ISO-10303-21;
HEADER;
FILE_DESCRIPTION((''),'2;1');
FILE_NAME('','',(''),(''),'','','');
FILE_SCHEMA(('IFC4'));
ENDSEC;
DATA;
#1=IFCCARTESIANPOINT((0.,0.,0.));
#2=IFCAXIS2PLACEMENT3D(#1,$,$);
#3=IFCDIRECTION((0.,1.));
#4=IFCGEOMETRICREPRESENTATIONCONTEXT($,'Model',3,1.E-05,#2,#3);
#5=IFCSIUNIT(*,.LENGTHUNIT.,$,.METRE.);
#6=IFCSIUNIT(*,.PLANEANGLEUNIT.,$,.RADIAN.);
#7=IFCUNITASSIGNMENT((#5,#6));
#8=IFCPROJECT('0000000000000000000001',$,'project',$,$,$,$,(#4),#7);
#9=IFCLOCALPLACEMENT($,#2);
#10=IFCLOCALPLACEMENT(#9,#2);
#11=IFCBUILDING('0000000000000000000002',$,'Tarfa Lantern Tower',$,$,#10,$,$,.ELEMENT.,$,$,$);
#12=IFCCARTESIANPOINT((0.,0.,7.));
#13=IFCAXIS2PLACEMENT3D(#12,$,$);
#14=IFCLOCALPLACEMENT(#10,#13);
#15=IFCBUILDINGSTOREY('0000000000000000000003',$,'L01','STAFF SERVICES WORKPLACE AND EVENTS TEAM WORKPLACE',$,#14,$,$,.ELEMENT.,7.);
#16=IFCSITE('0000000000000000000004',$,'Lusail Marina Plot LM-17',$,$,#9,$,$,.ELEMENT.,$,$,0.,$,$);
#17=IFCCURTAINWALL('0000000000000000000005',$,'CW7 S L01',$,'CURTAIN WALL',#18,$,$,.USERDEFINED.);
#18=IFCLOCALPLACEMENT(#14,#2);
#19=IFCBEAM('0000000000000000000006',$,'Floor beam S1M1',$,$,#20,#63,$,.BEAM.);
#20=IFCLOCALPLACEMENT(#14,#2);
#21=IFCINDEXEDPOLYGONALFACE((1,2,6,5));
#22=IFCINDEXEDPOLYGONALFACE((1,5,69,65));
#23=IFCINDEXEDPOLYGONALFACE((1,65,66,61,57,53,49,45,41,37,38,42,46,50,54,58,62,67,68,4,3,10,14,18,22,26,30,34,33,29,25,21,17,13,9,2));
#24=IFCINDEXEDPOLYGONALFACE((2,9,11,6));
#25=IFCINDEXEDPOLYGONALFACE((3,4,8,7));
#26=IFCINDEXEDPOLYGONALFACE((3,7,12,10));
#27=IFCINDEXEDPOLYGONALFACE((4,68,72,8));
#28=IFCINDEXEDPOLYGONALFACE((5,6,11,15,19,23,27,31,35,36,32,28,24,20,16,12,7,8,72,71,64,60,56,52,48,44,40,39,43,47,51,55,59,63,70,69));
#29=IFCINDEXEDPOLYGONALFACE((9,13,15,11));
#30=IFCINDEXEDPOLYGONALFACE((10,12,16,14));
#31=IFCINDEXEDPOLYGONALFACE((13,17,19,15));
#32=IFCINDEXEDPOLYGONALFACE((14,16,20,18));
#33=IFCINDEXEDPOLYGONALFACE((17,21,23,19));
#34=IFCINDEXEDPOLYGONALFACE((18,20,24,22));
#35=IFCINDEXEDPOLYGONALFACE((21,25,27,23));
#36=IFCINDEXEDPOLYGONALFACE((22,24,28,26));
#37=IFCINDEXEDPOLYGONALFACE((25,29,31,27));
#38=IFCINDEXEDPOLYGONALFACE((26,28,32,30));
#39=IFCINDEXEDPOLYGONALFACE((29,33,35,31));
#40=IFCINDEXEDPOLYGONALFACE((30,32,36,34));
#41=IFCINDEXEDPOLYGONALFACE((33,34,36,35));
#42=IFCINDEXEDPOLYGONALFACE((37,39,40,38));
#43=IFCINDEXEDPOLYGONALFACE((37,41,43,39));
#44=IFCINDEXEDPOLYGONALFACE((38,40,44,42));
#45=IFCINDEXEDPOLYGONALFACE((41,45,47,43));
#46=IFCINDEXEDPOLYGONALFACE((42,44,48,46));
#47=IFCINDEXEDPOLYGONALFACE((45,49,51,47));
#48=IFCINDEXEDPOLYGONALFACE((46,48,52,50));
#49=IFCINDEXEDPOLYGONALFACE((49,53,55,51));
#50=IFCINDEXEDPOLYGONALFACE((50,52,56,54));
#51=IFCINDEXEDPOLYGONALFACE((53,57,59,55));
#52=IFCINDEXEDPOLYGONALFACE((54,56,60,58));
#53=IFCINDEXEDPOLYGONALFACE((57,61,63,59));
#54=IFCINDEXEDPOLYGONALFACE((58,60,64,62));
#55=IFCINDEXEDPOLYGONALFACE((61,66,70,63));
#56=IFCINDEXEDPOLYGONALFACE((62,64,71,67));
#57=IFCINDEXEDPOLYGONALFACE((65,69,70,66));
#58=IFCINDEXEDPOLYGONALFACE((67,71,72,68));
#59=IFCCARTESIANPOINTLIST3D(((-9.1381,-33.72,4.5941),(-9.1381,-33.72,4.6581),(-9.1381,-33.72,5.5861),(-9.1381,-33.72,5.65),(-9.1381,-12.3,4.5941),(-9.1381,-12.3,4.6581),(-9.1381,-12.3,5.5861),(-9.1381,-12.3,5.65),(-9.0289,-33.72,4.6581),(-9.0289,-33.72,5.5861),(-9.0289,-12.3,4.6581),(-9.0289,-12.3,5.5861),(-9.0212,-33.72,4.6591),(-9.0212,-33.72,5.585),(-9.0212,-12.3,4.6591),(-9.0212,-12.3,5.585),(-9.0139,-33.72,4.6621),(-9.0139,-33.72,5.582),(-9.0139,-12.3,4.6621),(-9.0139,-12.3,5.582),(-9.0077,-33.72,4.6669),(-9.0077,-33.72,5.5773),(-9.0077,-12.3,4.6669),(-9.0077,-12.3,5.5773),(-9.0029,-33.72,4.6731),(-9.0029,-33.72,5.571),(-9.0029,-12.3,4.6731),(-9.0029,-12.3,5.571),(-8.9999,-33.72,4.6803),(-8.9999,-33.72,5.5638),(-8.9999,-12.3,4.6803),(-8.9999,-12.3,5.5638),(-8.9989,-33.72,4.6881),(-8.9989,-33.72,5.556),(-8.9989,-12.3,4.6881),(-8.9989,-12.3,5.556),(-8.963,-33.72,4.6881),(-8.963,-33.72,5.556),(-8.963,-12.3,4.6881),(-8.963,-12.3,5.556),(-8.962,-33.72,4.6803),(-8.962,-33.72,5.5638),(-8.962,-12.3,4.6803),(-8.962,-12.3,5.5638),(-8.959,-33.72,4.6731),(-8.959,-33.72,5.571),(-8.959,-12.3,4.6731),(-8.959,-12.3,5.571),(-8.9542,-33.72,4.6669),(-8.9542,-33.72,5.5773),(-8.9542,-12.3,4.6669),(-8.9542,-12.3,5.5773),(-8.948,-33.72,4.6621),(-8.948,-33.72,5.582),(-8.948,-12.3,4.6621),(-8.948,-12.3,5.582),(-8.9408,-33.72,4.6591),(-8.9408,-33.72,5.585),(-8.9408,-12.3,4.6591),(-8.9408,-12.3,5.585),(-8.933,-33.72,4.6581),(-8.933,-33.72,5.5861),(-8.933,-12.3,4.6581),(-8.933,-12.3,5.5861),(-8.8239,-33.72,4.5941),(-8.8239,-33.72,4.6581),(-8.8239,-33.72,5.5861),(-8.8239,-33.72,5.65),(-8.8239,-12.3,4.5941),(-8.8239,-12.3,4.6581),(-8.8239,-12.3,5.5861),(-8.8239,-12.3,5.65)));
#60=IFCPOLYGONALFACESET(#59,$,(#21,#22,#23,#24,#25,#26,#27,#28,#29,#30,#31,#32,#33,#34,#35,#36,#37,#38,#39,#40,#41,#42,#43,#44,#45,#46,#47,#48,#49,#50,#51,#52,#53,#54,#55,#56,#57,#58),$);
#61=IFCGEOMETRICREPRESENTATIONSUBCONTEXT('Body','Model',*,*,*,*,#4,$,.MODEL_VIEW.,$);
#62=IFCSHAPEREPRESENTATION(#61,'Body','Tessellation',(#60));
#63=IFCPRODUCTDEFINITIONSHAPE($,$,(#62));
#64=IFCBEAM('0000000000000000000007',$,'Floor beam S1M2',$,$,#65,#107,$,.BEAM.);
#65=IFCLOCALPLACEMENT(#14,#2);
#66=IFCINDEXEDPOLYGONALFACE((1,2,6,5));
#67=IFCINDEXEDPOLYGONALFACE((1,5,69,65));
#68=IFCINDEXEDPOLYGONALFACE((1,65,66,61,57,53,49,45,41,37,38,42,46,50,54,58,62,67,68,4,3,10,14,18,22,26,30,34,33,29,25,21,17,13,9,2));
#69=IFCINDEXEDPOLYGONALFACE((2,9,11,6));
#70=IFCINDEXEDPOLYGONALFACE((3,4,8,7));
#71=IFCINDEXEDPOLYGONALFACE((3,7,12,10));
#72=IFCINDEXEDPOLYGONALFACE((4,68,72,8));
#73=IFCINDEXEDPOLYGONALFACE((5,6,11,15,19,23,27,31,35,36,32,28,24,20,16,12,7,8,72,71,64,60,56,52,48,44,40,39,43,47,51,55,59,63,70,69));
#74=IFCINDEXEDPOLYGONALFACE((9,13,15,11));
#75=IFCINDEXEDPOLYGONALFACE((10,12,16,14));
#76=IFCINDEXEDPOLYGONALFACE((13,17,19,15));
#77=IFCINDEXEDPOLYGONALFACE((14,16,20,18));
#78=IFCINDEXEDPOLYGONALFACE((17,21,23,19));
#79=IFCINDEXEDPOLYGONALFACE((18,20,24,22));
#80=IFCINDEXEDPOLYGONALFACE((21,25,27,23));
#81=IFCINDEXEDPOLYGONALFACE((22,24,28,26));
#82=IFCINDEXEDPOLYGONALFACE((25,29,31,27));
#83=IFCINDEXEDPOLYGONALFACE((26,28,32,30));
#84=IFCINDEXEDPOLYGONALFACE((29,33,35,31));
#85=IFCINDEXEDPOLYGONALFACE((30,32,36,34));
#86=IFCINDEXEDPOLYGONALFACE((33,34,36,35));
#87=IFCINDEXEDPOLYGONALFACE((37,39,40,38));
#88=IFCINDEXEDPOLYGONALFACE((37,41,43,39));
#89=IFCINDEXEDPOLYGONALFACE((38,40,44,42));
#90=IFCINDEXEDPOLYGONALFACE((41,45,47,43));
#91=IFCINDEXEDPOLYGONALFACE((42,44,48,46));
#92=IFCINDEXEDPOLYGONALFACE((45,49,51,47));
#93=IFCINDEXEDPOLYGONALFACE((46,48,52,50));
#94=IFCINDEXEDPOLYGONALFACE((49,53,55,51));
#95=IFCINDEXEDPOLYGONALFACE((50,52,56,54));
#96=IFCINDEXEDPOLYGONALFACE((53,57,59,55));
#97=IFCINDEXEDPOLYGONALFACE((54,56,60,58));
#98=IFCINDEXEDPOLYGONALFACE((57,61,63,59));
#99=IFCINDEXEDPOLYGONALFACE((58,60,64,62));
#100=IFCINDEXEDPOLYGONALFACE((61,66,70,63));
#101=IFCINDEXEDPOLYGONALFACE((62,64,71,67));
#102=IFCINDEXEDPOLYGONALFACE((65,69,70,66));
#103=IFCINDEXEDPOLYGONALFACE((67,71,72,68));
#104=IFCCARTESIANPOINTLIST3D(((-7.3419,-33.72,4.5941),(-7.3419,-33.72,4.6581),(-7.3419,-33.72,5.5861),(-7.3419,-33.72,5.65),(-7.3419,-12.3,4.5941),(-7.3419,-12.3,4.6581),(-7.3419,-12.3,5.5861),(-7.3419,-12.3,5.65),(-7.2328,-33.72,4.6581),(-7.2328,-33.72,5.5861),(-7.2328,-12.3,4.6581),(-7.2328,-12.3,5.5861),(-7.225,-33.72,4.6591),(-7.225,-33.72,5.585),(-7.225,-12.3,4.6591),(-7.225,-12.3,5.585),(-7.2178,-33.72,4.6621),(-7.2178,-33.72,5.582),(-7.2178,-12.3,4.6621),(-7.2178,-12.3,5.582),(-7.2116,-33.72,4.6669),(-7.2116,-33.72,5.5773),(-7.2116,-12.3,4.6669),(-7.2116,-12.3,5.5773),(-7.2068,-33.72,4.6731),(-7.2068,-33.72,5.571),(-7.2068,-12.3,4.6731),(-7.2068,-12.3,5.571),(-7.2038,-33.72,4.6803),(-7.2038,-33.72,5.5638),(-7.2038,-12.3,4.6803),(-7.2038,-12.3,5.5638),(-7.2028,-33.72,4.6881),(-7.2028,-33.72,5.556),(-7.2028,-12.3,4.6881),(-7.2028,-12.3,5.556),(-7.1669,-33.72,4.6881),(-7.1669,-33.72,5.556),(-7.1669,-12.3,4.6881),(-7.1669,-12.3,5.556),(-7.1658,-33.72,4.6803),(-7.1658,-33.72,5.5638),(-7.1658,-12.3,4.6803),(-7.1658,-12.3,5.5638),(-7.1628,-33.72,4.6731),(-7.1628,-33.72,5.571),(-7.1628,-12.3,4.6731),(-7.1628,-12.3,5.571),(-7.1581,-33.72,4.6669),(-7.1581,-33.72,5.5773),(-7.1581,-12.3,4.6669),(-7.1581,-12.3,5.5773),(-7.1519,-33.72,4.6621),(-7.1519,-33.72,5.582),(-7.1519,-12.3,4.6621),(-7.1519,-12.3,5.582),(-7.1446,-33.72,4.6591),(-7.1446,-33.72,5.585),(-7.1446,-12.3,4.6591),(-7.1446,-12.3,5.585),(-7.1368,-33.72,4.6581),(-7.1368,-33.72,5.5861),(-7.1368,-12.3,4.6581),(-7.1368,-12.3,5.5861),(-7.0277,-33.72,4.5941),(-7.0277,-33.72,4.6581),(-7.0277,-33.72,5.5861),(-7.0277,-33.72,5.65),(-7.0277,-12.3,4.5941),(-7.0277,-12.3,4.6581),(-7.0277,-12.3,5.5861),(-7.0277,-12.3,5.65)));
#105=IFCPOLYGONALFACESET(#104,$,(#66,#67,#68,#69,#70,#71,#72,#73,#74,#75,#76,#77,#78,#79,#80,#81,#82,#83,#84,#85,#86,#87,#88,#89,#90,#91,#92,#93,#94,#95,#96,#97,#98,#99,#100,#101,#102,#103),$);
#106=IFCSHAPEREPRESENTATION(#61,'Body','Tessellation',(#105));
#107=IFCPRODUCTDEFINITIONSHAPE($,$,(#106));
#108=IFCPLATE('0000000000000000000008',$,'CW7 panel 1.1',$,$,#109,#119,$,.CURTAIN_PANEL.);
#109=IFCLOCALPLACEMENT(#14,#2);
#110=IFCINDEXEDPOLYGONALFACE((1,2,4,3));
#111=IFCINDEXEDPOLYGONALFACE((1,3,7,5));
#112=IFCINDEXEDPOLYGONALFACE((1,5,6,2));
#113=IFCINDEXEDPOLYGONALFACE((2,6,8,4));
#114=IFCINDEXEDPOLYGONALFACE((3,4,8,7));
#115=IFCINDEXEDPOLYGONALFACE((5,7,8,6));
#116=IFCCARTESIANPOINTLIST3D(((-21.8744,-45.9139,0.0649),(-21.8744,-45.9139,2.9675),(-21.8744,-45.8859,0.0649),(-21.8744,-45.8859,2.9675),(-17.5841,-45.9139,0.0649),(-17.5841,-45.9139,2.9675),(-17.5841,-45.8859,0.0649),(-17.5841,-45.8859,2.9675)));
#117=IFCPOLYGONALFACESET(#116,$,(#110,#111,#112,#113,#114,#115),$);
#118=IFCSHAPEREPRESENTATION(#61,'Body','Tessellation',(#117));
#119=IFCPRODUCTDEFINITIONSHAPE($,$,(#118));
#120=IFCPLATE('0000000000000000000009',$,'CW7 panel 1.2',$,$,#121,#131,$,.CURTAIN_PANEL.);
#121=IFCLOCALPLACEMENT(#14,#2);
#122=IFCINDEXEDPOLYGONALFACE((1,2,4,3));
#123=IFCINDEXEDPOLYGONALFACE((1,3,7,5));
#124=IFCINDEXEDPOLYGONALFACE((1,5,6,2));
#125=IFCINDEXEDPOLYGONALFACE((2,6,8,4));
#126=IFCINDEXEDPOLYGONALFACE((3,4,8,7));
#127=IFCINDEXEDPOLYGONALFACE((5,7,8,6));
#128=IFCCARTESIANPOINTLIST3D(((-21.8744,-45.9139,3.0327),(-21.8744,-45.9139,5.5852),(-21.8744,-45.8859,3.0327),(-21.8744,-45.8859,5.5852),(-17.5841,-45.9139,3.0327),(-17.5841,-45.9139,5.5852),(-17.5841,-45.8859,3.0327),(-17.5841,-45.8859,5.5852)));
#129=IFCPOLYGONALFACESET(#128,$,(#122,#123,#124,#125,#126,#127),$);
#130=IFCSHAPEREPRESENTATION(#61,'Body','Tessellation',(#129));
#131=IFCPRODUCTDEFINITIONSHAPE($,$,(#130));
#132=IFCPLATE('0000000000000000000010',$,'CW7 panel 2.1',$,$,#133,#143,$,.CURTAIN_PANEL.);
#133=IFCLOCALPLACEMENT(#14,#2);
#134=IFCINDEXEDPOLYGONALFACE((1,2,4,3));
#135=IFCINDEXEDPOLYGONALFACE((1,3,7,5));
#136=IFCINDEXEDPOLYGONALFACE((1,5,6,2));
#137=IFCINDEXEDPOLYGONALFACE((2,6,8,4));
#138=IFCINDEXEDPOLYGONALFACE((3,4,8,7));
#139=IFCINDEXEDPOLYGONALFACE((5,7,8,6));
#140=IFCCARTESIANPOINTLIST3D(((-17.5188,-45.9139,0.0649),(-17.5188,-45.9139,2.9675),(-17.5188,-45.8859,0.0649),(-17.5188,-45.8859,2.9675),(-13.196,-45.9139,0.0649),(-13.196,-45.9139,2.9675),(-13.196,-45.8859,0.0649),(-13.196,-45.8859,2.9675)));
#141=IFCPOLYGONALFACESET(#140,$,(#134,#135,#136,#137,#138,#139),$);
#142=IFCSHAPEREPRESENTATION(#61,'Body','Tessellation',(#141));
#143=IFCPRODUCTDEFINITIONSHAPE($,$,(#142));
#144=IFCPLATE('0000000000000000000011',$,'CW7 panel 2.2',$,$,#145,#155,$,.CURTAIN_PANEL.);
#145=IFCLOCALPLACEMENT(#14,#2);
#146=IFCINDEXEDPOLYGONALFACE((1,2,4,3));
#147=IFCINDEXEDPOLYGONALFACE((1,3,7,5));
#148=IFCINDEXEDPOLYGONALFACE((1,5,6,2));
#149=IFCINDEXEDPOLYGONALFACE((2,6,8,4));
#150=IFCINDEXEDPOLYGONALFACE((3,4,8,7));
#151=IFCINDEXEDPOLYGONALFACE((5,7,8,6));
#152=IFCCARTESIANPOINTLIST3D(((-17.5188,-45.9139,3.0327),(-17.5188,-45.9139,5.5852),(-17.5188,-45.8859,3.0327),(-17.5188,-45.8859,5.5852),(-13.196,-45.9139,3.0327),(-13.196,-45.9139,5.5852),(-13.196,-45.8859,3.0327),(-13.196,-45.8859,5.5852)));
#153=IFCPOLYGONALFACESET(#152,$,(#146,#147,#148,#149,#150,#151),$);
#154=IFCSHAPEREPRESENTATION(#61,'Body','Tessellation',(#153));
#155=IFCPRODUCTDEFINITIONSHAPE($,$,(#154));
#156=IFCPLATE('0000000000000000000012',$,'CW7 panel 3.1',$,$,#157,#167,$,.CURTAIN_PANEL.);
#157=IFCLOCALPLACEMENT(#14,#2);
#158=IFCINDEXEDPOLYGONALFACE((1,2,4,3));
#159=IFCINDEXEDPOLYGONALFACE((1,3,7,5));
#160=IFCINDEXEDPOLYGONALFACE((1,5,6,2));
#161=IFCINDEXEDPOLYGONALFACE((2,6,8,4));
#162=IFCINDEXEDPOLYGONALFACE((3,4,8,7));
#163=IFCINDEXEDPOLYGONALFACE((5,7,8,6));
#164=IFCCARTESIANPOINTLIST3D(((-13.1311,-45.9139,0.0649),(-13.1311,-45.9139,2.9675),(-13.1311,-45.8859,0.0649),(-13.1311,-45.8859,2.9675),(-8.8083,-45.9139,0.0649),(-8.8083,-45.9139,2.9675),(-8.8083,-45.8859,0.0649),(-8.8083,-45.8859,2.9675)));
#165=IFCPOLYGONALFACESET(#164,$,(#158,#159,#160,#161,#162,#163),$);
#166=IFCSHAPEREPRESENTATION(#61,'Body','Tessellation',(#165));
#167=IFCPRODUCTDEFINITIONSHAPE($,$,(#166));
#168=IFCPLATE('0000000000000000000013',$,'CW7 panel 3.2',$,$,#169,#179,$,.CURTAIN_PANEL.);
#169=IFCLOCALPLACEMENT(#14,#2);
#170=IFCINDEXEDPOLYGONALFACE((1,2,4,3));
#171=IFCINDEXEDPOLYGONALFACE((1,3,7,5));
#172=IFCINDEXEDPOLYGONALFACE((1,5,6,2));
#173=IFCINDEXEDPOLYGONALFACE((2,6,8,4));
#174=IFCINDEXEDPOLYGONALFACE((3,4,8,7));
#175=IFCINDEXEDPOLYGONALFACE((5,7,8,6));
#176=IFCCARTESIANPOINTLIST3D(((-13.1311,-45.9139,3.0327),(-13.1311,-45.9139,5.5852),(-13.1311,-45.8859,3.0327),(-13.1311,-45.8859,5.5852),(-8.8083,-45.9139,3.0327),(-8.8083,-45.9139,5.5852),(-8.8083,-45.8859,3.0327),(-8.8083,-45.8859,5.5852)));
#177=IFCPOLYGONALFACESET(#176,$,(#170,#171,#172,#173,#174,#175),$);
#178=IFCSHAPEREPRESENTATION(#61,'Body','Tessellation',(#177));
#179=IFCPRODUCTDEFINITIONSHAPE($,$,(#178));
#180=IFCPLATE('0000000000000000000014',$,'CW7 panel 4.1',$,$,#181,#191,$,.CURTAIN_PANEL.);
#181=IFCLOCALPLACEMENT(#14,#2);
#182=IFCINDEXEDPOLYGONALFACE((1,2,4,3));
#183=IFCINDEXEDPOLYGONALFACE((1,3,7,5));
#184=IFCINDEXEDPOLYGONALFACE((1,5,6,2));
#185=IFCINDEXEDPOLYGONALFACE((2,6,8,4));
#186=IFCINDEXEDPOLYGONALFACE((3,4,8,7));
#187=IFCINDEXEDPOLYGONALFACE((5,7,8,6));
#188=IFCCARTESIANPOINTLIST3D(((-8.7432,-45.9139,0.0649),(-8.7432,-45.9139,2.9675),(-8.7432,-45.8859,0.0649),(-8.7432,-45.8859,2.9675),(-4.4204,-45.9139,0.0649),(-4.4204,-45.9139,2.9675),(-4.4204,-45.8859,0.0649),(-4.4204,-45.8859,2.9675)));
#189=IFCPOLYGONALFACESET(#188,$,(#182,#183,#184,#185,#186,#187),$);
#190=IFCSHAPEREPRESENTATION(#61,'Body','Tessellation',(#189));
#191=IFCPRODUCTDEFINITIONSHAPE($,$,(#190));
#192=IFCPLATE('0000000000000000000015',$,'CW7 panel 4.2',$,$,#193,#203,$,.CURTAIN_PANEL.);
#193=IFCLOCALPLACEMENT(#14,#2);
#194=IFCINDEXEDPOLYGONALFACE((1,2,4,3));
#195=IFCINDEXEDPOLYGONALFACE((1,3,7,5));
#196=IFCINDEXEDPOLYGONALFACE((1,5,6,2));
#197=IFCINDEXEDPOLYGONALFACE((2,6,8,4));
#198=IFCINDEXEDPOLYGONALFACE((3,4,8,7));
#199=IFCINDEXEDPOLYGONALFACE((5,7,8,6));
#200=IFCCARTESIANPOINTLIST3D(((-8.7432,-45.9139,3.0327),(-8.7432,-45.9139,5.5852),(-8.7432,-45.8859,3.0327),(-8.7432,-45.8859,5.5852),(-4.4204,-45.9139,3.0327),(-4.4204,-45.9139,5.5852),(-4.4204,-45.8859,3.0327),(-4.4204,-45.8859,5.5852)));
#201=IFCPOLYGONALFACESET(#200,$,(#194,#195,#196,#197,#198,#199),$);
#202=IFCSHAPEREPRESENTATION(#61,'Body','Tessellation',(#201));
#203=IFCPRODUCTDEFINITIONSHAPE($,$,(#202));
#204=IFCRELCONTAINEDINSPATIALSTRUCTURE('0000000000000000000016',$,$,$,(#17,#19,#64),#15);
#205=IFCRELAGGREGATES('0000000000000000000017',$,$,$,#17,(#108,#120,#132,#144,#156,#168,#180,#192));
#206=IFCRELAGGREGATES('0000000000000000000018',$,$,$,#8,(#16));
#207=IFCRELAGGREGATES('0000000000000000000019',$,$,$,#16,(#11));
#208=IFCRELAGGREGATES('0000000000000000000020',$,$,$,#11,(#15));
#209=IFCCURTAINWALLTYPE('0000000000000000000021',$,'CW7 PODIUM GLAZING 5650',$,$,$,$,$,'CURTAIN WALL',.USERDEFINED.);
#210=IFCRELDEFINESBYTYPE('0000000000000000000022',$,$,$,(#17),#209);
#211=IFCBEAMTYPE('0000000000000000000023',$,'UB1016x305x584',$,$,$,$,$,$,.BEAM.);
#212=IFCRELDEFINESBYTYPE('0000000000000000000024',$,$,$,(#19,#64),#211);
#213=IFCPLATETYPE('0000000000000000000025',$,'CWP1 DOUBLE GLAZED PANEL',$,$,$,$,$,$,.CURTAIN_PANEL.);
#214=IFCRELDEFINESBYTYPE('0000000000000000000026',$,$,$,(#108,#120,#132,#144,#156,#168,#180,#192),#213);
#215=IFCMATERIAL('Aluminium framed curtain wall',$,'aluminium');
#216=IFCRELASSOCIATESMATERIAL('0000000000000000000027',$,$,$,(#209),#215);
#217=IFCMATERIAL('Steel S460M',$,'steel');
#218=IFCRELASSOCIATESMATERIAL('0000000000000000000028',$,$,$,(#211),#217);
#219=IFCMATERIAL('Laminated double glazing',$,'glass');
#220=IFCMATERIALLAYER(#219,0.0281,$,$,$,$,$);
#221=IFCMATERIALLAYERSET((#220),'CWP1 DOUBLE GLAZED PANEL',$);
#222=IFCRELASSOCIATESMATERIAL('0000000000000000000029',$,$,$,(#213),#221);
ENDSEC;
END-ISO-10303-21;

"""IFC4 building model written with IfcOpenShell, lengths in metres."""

from ifc_helpers import new_model, si_unit, direction, frame, origin, origin_2d, place, context, subcontext, project, spatial, rectangle, i_section, extrude, material, layer, layer_set, material_profile, profile_set, type_object, element, aggregate, save


model = new_model("IFC4")

# Units and contexts
model_context = context("Model", 3, precision=1e-05, world=origin(), true_north=direction((0.0, 1.0)))
body_context = subcontext(model_context, "Body", "Model", "MODEL_VIEW")
ifc_project = project(units=[si_unit("LENGTHUNIT", "METRE"), si_unit("PLANEANGLEUNIT", "RADIAN")], contexts=[model_context])

# Site, building, storey
site_placement = place(None, origin())
site = spatial("IfcSite", under=ifc_project, at=site_placement, Name="Lusail Marina Plot LM-17", CompositionType="ELEMENT", RefElevation=0.0)
building_placement = place(site_placement, origin())
building = spatial("IfcBuilding", under=site, at=building_placement, Name="Tarfa Lantern Tower", CompositionType="ELEMENT")
storey_placement = place(building_placement, frame((0.0, 0.0, 7.0)))
storey = spatial("IfcBuildingStorey", under=building, at=storey_placement, Name="L01", Description="STAFF SERVICES WORKPLACE AND EVENTS TEAM WORKPLACE", CompositionType="ELEMENT", Elevation=7.0)

# Curtain wall
ifc_material_1 = material(Name="Aluminium framed curtain wall", Category="aluminium")
curtain_wall_type = type_object("IfcCurtainWallType", Name="CW7 PODIUM GLAZING 5650", ElementType="CURTAIN WALL", PredefinedType="USERDEFINED", material=ifc_material_1)
curtain_wall_placement = place(storey_placement, origin())
curtain_wall = element("IfcCurtainWall", 1, at=curtain_wall_placement, inside=storey, type_object=curtain_wall_type, Name="CW7 S L01", ObjectType="CURTAIN WALL", PredefinedType="USERDEFINED")

# Beams
ifc_material_2 = material(Name="Steel S460M", Category="steel")
ifc_material_profile_1 = material_profile(ifc_material_2, i_section(OverallWidth=0.3142, OverallDepth=1.0559, WebThickness=0.0359, FlangeThickness=0.064, FilletRadius=0.03, at=origin_2d()), Name="UB1016x305x584")
ifc_profile_set_1 = profile_set([ifc_material_profile_1], Name="Steel S460M")
beam_type_1 = type_object("IfcBeamType", Name="UB1016x305x584", PredefinedType="BEAM", material=ifc_profile_set_1)
for number, where, z_axis, x_axis, name in (
    (2, (-8.981, -33.72, 5.1221), (0.0, 1.0, 0.0), (-1.0, 0.0, 0.0), "Floor beam S1M1"),
    (3, (-7.1848, -33.72, 5.1221), (0.0, 1.0, 0.0), (-1.0, 0.0, 0.0), "Floor beam S1M2"),
):
    element("IfcBeam", number, at=place(storey_placement, frame(where, z_axis=z_axis, x_axis=x_axis)), inside=storey, type_object=beam_type_1, Name=name, PredefinedType="BEAM", context=body_context, shape_type="SweptSolid", body=[
        extrude(i_section(OverallWidth=0.3142, OverallDepth=1.0559, WebThickness=0.0359, FlangeThickness=0.064, FilletRadius=0.03, at=origin_2d()), origin(), (0.0, 0.0, 1.0), 21.4199),
    ])

# Plates
ifc_material_3 = material(Name="Laminated double glazing", Category="glass")
ifc_layer_1 = layer(ifc_material_3, 0.0281)
ifc_layer_set_1 = layer_set([ifc_layer_1], Name="CWP1 DOUBLE GLAZED PANEL")
plate_type = type_object("IfcPlateType", Name="CWP1 DOUBLE GLAZED PANEL", PredefinedType="CURTAIN_PANEL", material=ifc_layer_set_1)
plate_1_placement = place(storey_placement, frame((-19.7292, -45.8999, 0.0649), z_axis=(0.0, 0.0, 1.0), x_axis=(1.0, 0.0, 0.0)))
plate_1 = element("IfcPlate", 4, at=plate_1_placement, type_object=plate_type, Name="CW7 panel 1.1", PredefinedType="CURTAIN_PANEL", context=body_context, shape_type="SweptSolid", body=[
    extrude(rectangle(XDim=4.2903, YDim=0.0281, at=origin_2d()), origin(), (0.0, 0.0, 1.0), 2.9026),
])
plate_2_placement = place(storey_placement, frame((-19.7292, -45.8999, 3.0327), z_axis=(0.0, 0.0, 1.0), x_axis=(1.0, 0.0, 0.0)))
plate_2 = element("IfcPlate", 5, at=plate_2_placement, type_object=plate_type, Name="CW7 panel 1.2", PredefinedType="CURTAIN_PANEL", context=body_context, shape_type="SweptSolid", body=[
    extrude(rectangle(XDim=4.2903, YDim=0.0281, at=origin_2d()), origin(), (0.0, 0.0, 1.0), 2.5525),
])
plate_3_placement = place(storey_placement, frame((-15.3574, -45.8999, 0.0649), z_axis=(0.0, 0.0, 1.0), x_axis=(1.0, 0.0, 0.0)))
plate_3 = element("IfcPlate", 6, at=plate_3_placement, type_object=plate_type, Name="CW7 panel 2.1", PredefinedType="CURTAIN_PANEL", context=body_context, shape_type="SweptSolid", body=[
    extrude(rectangle(XDim=4.3228, YDim=0.0281, at=origin_2d()), origin(), (0.0, 0.0, 1.0), 2.9026),
])
plate_4_placement = place(storey_placement, frame((-15.3574, -45.8999, 3.0327), z_axis=(0.0, 0.0, 1.0), x_axis=(1.0, 0.0, 0.0)))
plate_4 = element("IfcPlate", 7, at=plate_4_placement, type_object=plate_type, Name="CW7 panel 2.2", PredefinedType="CURTAIN_PANEL", context=body_context, shape_type="SweptSolid", body=[
    extrude(rectangle(XDim=4.3228, YDim=0.0281, at=origin_2d()), origin(), (0.0, 0.0, 1.0), 2.5525),
])
plate_5_placement = place(storey_placement, frame((-10.9697, -45.8999, 0.0649), z_axis=(0.0, 0.0, 1.0), x_axis=(1.0, 0.0, 0.0)))
plate_5 = element("IfcPlate", 8, at=plate_5_placement, type_object=plate_type, Name="CW7 panel 3.1", PredefinedType="CURTAIN_PANEL", context=body_context, shape_type="SweptSolid", body=[
    extrude(rectangle(XDim=4.3228, YDim=0.0281, at=origin_2d()), origin(), (0.0, 0.0, 1.0), 2.9026),
])
plate_6_placement = place(storey_placement, frame((-10.9697, -45.8999, 3.0327), z_axis=(0.0, 0.0, 1.0), x_axis=(1.0, 0.0, 0.0)))
plate_6 = element("IfcPlate", 9, at=plate_6_placement, type_object=plate_type, Name="CW7 panel 3.2", PredefinedType="CURTAIN_PANEL", context=body_context, shape_type="SweptSolid", body=[
    extrude(rectangle(XDim=4.3228, YDim=0.0281, at=origin_2d()), origin(), (0.0, 0.0, 1.0), 2.5525),
])
plate_7_placement = place(storey_placement, frame((-6.5818, -45.8999, 0.0649), z_axis=(0.0, 0.0, 1.0), x_axis=(1.0, 0.0, 0.0)))
plate_7 = element("IfcPlate", 10, at=plate_7_placement, type_object=plate_type, Name="CW7 panel 4.1", PredefinedType="CURTAIN_PANEL", context=body_context, shape_type="SweptSolid", body=[
    extrude(rectangle(XDim=4.3228, YDim=0.0281, at=origin_2d()), origin(), (0.0, 0.0, 1.0), 2.9026),
])
plate_8_placement = place(storey_placement, frame((-6.5818, -45.8999, 3.0327), z_axis=(0.0, 0.0, 1.0), x_axis=(1.0, 0.0, 0.0)))
plate_8 = element("IfcPlate", 11, at=plate_8_placement, type_object=plate_type, Name="CW7 panel 4.2", PredefinedType="CURTAIN_PANEL", context=body_context, shape_type="SweptSolid", body=[
    extrude(rectangle(XDim=4.3228, YDim=0.0281, at=origin_2d()), origin(), (0.0, 0.0, 1.0), 2.5525),
])
aggregate(curtain_wall, [plate_1, plate_2, plate_3, plate_4, plate_5, plate_6, plate_7, plate_8])

save(model, "model.ifc")
